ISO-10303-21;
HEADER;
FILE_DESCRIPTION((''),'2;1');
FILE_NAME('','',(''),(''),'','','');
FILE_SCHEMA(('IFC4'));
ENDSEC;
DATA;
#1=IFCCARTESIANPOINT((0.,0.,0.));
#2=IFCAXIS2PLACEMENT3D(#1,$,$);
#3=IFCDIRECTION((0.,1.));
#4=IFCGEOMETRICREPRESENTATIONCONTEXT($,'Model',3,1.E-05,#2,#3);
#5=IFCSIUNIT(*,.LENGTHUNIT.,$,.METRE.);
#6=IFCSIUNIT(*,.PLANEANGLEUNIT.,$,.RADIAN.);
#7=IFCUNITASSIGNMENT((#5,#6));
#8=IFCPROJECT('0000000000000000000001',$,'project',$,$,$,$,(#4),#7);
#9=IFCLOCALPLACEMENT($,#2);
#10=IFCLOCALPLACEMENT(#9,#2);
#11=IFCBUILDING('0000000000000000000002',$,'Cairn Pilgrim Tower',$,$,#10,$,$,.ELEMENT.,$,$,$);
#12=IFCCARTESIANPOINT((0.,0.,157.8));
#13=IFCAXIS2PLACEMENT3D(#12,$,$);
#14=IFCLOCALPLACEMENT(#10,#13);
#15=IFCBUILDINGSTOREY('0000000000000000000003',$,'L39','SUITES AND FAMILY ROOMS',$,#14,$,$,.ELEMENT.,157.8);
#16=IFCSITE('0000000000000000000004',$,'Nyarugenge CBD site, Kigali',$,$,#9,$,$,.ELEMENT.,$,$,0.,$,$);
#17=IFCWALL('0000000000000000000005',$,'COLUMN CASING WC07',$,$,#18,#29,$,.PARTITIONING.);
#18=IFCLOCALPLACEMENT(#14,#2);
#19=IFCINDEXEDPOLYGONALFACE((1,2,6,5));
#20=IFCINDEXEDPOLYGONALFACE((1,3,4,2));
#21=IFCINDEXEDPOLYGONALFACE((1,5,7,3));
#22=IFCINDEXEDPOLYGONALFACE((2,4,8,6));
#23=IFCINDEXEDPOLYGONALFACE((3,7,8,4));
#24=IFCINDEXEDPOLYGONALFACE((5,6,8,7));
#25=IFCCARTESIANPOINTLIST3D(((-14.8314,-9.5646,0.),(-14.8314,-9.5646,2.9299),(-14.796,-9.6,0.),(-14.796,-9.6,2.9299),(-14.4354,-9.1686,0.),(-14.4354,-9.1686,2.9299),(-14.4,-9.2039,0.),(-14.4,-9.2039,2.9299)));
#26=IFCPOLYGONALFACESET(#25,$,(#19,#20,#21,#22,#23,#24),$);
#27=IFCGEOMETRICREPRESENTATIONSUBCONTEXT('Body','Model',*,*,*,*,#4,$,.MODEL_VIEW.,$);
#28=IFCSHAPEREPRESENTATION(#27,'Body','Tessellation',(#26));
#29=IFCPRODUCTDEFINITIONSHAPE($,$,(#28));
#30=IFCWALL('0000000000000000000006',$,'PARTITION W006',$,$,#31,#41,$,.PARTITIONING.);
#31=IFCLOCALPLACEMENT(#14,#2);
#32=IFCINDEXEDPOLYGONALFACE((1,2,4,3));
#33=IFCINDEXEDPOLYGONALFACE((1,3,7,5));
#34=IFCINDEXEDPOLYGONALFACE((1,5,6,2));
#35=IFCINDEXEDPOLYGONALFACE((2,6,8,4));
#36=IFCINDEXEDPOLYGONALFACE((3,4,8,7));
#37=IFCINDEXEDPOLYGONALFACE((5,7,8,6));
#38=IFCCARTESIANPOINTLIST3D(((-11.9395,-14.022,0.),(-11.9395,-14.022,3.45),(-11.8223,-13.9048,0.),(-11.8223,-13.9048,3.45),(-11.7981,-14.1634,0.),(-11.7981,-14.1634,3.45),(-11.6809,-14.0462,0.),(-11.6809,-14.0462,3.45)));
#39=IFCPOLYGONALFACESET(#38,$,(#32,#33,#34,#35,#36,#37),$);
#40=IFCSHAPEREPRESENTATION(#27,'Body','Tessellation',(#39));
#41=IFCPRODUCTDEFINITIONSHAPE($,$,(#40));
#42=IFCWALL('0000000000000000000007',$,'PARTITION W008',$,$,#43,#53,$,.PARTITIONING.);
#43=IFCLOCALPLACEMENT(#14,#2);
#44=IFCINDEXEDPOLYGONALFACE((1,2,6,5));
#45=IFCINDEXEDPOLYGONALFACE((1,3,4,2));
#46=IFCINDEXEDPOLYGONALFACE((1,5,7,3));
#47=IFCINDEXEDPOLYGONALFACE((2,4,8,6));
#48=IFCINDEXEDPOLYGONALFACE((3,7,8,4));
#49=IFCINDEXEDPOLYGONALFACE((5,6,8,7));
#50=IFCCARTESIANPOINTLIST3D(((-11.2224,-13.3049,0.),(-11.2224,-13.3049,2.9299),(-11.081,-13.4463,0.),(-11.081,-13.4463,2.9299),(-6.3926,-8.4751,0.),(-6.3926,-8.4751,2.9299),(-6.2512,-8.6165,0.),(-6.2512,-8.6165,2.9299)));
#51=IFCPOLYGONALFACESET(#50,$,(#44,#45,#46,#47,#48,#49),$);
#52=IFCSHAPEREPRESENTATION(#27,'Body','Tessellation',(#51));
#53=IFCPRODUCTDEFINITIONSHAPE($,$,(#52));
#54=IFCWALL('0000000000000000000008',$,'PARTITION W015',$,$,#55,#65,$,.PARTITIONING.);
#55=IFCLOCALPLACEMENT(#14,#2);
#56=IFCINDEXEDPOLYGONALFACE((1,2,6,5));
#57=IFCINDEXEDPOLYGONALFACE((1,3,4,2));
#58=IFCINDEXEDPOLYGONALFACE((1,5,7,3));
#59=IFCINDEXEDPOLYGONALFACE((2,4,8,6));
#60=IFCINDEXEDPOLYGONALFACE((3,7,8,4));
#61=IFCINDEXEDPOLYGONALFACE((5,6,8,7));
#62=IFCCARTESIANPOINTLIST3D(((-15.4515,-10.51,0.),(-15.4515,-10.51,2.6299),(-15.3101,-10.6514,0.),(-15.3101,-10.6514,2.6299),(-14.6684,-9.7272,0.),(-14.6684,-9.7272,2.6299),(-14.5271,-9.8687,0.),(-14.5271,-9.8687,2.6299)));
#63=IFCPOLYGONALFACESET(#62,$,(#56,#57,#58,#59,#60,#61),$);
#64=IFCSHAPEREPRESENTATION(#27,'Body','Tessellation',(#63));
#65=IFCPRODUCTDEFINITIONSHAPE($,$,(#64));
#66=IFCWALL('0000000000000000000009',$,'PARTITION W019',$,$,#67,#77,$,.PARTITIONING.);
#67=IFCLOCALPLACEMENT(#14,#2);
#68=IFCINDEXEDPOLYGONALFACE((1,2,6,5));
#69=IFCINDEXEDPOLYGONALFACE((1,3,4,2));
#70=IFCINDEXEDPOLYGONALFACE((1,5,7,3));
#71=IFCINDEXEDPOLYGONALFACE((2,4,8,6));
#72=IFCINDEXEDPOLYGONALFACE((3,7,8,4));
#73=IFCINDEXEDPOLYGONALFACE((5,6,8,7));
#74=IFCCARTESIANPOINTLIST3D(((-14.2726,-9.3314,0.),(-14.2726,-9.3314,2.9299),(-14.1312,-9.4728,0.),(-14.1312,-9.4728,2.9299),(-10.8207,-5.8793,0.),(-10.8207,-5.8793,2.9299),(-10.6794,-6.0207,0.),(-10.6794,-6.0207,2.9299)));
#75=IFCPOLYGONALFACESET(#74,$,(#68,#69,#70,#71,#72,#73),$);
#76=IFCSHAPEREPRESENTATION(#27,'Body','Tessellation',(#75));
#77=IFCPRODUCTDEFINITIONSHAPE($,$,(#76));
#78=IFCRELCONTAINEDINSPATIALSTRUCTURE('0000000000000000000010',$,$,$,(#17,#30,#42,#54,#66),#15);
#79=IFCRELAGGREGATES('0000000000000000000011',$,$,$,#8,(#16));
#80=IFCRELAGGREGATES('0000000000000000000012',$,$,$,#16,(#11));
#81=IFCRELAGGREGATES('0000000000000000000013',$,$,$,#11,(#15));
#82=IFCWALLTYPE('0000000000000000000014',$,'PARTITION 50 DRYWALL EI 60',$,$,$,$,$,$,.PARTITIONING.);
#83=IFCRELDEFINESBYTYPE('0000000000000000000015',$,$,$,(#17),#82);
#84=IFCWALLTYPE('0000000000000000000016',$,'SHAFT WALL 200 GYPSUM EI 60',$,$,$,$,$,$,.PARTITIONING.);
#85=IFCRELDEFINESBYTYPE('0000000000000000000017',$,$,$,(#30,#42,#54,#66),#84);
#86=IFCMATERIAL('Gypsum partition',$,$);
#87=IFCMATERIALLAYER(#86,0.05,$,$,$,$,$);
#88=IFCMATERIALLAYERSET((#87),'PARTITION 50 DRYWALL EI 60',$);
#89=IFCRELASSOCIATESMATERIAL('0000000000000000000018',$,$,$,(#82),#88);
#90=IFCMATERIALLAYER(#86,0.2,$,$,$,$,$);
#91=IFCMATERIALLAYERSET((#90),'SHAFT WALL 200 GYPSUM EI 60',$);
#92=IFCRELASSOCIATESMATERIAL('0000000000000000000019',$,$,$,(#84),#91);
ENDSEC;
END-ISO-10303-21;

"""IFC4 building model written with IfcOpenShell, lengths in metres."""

from ifc_helpers import new_model, si_unit, direction, frame, frame_2d, origin, place, context, subcontext, project, spatial, rectangle, extrude, material, layer, layer_set, type_object, element, save


model = new_model("IFC4")

# Units and contexts
model_context = context("Model", 3, precision=1e-05, world=origin(), true_north=direction((0.0, 1.0)))
body_context = subcontext(model_context, "Body", "Model", "MODEL_VIEW")
ifc_project = project(units=[si_unit("LENGTHUNIT", "METRE"), si_unit("PLANEANGLEUNIT", "RADIAN")], contexts=[model_context])

# Site, building, storey
site_placement = place(None, origin())
site = spatial("IfcSite", under=ifc_project, at=site_placement, Name="Nyarugenge CBD site, Kigali", CompositionType="ELEMENT", RefElevation=0.0)
building_placement = place(site_placement, origin())
building = spatial("IfcBuilding", under=site, at=building_placement, Name="Cairn Pilgrim Tower", CompositionType="ELEMENT")
storey_placement = place(building_placement, frame((0.0, 0.0, 157.8)))
storey = spatial("IfcBuildingStorey", under=building, at=storey_placement, Name="L39", Description="SUITES AND FAMILY ROOMS", CompositionType="ELEMENT", Elevation=157.8)

# Walls
ifc_material_1 = material(Name="Gypsum partition")
ifc_layer_1 = layer(ifc_material_1, 0.05)
ifc_layer_set_1 = layer_set([ifc_layer_1], Name="PARTITION 50 DRYWALL EI 60")
wall_type_1 = type_object("IfcWallType", Name="PARTITION 50 DRYWALL EI 60", PredefinedType="PARTITIONING", material=ifc_layer_set_1)
wall_1_placement = place(storey_placement, frame((-14.8137, -9.5823, 0.0), z_axis=(0.0, 0.0, 1.0), x_axis=(0.707107, 0.707107, 0.0)))
element("IfcWall", 1, at=wall_1_placement, inside=storey, type_object=wall_type_1, Name="COLUMN CASING WC07", PredefinedType="PARTITIONING", context=body_context, shape_type="SweptSolid", body=[
    extrude(rectangle(XDim=0.5601, YDim=0.05, at=frame_2d((0.28, 0.0))), origin(), (0.0, 0.0, 1.0), 2.9299),
])
ifc_layer_2 = layer(ifc_material_1, 0.2)
ifc_layer_set_2 = layer_set([ifc_layer_2], Name="SHAFT WALL 200 GYPSUM EI 60")
wall_type_2 = type_object("IfcWallType", Name="SHAFT WALL 200 GYPSUM EI 60", PredefinedType="PARTITIONING", material=ifc_layer_set_2)
wall_2_placement = place(storey_placement, frame((-11.8689, -14.0928, 0.0), z_axis=(0.0, 0.0, 1.0), x_axis=(0.707107, 0.707107, 0.0)))
element("IfcWall", 2, at=wall_2_placement, inside=storey, type_object=wall_type_2, Name="PARTITION W006", PredefinedType="PARTITIONING", context=body_context, shape_type="SweptSolid", body=[
    extrude(rectangle(XDim=0.1658, YDim=0.2, at=frame_2d((0.083, 0.0))), origin(), (0.0, 0.0, 1.0), 3.45),
])
wall_3_placement = place(storey_placement, frame((-11.1516, -13.3755, 0.0), z_axis=(0.0, 0.0, 1.0), x_axis=(0.707107, 0.707107, 0.0)))
element("IfcWall", 3, at=wall_3_placement, inside=storey, type_object=wall_type_2, Name="PARTITION W008", PredefinedType="PARTITIONING", context=body_context, shape_type="SweptSolid", body=[
    extrude(rectangle(XDim=6.8303, YDim=0.2, at=frame_2d((3.415, 0.0))), origin(), (0.0, 0.0, 1.0), 2.9299),
])
wall_4_placement = place(storey_placement, frame((-15.3809, -10.5808, 0.0), z_axis=(0.0, 0.0, 1.0), x_axis=(0.707217, 0.706997, 0.0)))
element("IfcWall", 4, at=wall_4_placement, inside=storey, type_object=wall_type_2, Name="PARTITION W015", PredefinedType="PARTITIONING", context=body_context, shape_type="SweptSolid", body=[
    extrude(rectangle(XDim=1.1072, YDim=0.2, at=frame_2d((0.5537, 0.0))), origin(), (0.0, 0.0, 1.0), 2.6299),
])
wall_5_placement = place(storey_placement, frame((-14.2019, -9.4021, 0.0), z_axis=(0.0, 0.0, 1.0), x_axis=(0.707082, 0.707132, 0.0)))
element("IfcWall", 5, at=wall_5_placement, inside=storey, type_object=wall_type_2, Name="PARTITION W019", PredefinedType="PARTITIONING", context=body_context, shape_type="SweptSolid", body=[
    extrude(rectangle(XDim=4.8818, YDim=0.2, at=frame_2d((2.4409, 0.0))), origin(), (0.0, 0.0, 1.0), 2.9299),
])

save(model, "model.ifc")
